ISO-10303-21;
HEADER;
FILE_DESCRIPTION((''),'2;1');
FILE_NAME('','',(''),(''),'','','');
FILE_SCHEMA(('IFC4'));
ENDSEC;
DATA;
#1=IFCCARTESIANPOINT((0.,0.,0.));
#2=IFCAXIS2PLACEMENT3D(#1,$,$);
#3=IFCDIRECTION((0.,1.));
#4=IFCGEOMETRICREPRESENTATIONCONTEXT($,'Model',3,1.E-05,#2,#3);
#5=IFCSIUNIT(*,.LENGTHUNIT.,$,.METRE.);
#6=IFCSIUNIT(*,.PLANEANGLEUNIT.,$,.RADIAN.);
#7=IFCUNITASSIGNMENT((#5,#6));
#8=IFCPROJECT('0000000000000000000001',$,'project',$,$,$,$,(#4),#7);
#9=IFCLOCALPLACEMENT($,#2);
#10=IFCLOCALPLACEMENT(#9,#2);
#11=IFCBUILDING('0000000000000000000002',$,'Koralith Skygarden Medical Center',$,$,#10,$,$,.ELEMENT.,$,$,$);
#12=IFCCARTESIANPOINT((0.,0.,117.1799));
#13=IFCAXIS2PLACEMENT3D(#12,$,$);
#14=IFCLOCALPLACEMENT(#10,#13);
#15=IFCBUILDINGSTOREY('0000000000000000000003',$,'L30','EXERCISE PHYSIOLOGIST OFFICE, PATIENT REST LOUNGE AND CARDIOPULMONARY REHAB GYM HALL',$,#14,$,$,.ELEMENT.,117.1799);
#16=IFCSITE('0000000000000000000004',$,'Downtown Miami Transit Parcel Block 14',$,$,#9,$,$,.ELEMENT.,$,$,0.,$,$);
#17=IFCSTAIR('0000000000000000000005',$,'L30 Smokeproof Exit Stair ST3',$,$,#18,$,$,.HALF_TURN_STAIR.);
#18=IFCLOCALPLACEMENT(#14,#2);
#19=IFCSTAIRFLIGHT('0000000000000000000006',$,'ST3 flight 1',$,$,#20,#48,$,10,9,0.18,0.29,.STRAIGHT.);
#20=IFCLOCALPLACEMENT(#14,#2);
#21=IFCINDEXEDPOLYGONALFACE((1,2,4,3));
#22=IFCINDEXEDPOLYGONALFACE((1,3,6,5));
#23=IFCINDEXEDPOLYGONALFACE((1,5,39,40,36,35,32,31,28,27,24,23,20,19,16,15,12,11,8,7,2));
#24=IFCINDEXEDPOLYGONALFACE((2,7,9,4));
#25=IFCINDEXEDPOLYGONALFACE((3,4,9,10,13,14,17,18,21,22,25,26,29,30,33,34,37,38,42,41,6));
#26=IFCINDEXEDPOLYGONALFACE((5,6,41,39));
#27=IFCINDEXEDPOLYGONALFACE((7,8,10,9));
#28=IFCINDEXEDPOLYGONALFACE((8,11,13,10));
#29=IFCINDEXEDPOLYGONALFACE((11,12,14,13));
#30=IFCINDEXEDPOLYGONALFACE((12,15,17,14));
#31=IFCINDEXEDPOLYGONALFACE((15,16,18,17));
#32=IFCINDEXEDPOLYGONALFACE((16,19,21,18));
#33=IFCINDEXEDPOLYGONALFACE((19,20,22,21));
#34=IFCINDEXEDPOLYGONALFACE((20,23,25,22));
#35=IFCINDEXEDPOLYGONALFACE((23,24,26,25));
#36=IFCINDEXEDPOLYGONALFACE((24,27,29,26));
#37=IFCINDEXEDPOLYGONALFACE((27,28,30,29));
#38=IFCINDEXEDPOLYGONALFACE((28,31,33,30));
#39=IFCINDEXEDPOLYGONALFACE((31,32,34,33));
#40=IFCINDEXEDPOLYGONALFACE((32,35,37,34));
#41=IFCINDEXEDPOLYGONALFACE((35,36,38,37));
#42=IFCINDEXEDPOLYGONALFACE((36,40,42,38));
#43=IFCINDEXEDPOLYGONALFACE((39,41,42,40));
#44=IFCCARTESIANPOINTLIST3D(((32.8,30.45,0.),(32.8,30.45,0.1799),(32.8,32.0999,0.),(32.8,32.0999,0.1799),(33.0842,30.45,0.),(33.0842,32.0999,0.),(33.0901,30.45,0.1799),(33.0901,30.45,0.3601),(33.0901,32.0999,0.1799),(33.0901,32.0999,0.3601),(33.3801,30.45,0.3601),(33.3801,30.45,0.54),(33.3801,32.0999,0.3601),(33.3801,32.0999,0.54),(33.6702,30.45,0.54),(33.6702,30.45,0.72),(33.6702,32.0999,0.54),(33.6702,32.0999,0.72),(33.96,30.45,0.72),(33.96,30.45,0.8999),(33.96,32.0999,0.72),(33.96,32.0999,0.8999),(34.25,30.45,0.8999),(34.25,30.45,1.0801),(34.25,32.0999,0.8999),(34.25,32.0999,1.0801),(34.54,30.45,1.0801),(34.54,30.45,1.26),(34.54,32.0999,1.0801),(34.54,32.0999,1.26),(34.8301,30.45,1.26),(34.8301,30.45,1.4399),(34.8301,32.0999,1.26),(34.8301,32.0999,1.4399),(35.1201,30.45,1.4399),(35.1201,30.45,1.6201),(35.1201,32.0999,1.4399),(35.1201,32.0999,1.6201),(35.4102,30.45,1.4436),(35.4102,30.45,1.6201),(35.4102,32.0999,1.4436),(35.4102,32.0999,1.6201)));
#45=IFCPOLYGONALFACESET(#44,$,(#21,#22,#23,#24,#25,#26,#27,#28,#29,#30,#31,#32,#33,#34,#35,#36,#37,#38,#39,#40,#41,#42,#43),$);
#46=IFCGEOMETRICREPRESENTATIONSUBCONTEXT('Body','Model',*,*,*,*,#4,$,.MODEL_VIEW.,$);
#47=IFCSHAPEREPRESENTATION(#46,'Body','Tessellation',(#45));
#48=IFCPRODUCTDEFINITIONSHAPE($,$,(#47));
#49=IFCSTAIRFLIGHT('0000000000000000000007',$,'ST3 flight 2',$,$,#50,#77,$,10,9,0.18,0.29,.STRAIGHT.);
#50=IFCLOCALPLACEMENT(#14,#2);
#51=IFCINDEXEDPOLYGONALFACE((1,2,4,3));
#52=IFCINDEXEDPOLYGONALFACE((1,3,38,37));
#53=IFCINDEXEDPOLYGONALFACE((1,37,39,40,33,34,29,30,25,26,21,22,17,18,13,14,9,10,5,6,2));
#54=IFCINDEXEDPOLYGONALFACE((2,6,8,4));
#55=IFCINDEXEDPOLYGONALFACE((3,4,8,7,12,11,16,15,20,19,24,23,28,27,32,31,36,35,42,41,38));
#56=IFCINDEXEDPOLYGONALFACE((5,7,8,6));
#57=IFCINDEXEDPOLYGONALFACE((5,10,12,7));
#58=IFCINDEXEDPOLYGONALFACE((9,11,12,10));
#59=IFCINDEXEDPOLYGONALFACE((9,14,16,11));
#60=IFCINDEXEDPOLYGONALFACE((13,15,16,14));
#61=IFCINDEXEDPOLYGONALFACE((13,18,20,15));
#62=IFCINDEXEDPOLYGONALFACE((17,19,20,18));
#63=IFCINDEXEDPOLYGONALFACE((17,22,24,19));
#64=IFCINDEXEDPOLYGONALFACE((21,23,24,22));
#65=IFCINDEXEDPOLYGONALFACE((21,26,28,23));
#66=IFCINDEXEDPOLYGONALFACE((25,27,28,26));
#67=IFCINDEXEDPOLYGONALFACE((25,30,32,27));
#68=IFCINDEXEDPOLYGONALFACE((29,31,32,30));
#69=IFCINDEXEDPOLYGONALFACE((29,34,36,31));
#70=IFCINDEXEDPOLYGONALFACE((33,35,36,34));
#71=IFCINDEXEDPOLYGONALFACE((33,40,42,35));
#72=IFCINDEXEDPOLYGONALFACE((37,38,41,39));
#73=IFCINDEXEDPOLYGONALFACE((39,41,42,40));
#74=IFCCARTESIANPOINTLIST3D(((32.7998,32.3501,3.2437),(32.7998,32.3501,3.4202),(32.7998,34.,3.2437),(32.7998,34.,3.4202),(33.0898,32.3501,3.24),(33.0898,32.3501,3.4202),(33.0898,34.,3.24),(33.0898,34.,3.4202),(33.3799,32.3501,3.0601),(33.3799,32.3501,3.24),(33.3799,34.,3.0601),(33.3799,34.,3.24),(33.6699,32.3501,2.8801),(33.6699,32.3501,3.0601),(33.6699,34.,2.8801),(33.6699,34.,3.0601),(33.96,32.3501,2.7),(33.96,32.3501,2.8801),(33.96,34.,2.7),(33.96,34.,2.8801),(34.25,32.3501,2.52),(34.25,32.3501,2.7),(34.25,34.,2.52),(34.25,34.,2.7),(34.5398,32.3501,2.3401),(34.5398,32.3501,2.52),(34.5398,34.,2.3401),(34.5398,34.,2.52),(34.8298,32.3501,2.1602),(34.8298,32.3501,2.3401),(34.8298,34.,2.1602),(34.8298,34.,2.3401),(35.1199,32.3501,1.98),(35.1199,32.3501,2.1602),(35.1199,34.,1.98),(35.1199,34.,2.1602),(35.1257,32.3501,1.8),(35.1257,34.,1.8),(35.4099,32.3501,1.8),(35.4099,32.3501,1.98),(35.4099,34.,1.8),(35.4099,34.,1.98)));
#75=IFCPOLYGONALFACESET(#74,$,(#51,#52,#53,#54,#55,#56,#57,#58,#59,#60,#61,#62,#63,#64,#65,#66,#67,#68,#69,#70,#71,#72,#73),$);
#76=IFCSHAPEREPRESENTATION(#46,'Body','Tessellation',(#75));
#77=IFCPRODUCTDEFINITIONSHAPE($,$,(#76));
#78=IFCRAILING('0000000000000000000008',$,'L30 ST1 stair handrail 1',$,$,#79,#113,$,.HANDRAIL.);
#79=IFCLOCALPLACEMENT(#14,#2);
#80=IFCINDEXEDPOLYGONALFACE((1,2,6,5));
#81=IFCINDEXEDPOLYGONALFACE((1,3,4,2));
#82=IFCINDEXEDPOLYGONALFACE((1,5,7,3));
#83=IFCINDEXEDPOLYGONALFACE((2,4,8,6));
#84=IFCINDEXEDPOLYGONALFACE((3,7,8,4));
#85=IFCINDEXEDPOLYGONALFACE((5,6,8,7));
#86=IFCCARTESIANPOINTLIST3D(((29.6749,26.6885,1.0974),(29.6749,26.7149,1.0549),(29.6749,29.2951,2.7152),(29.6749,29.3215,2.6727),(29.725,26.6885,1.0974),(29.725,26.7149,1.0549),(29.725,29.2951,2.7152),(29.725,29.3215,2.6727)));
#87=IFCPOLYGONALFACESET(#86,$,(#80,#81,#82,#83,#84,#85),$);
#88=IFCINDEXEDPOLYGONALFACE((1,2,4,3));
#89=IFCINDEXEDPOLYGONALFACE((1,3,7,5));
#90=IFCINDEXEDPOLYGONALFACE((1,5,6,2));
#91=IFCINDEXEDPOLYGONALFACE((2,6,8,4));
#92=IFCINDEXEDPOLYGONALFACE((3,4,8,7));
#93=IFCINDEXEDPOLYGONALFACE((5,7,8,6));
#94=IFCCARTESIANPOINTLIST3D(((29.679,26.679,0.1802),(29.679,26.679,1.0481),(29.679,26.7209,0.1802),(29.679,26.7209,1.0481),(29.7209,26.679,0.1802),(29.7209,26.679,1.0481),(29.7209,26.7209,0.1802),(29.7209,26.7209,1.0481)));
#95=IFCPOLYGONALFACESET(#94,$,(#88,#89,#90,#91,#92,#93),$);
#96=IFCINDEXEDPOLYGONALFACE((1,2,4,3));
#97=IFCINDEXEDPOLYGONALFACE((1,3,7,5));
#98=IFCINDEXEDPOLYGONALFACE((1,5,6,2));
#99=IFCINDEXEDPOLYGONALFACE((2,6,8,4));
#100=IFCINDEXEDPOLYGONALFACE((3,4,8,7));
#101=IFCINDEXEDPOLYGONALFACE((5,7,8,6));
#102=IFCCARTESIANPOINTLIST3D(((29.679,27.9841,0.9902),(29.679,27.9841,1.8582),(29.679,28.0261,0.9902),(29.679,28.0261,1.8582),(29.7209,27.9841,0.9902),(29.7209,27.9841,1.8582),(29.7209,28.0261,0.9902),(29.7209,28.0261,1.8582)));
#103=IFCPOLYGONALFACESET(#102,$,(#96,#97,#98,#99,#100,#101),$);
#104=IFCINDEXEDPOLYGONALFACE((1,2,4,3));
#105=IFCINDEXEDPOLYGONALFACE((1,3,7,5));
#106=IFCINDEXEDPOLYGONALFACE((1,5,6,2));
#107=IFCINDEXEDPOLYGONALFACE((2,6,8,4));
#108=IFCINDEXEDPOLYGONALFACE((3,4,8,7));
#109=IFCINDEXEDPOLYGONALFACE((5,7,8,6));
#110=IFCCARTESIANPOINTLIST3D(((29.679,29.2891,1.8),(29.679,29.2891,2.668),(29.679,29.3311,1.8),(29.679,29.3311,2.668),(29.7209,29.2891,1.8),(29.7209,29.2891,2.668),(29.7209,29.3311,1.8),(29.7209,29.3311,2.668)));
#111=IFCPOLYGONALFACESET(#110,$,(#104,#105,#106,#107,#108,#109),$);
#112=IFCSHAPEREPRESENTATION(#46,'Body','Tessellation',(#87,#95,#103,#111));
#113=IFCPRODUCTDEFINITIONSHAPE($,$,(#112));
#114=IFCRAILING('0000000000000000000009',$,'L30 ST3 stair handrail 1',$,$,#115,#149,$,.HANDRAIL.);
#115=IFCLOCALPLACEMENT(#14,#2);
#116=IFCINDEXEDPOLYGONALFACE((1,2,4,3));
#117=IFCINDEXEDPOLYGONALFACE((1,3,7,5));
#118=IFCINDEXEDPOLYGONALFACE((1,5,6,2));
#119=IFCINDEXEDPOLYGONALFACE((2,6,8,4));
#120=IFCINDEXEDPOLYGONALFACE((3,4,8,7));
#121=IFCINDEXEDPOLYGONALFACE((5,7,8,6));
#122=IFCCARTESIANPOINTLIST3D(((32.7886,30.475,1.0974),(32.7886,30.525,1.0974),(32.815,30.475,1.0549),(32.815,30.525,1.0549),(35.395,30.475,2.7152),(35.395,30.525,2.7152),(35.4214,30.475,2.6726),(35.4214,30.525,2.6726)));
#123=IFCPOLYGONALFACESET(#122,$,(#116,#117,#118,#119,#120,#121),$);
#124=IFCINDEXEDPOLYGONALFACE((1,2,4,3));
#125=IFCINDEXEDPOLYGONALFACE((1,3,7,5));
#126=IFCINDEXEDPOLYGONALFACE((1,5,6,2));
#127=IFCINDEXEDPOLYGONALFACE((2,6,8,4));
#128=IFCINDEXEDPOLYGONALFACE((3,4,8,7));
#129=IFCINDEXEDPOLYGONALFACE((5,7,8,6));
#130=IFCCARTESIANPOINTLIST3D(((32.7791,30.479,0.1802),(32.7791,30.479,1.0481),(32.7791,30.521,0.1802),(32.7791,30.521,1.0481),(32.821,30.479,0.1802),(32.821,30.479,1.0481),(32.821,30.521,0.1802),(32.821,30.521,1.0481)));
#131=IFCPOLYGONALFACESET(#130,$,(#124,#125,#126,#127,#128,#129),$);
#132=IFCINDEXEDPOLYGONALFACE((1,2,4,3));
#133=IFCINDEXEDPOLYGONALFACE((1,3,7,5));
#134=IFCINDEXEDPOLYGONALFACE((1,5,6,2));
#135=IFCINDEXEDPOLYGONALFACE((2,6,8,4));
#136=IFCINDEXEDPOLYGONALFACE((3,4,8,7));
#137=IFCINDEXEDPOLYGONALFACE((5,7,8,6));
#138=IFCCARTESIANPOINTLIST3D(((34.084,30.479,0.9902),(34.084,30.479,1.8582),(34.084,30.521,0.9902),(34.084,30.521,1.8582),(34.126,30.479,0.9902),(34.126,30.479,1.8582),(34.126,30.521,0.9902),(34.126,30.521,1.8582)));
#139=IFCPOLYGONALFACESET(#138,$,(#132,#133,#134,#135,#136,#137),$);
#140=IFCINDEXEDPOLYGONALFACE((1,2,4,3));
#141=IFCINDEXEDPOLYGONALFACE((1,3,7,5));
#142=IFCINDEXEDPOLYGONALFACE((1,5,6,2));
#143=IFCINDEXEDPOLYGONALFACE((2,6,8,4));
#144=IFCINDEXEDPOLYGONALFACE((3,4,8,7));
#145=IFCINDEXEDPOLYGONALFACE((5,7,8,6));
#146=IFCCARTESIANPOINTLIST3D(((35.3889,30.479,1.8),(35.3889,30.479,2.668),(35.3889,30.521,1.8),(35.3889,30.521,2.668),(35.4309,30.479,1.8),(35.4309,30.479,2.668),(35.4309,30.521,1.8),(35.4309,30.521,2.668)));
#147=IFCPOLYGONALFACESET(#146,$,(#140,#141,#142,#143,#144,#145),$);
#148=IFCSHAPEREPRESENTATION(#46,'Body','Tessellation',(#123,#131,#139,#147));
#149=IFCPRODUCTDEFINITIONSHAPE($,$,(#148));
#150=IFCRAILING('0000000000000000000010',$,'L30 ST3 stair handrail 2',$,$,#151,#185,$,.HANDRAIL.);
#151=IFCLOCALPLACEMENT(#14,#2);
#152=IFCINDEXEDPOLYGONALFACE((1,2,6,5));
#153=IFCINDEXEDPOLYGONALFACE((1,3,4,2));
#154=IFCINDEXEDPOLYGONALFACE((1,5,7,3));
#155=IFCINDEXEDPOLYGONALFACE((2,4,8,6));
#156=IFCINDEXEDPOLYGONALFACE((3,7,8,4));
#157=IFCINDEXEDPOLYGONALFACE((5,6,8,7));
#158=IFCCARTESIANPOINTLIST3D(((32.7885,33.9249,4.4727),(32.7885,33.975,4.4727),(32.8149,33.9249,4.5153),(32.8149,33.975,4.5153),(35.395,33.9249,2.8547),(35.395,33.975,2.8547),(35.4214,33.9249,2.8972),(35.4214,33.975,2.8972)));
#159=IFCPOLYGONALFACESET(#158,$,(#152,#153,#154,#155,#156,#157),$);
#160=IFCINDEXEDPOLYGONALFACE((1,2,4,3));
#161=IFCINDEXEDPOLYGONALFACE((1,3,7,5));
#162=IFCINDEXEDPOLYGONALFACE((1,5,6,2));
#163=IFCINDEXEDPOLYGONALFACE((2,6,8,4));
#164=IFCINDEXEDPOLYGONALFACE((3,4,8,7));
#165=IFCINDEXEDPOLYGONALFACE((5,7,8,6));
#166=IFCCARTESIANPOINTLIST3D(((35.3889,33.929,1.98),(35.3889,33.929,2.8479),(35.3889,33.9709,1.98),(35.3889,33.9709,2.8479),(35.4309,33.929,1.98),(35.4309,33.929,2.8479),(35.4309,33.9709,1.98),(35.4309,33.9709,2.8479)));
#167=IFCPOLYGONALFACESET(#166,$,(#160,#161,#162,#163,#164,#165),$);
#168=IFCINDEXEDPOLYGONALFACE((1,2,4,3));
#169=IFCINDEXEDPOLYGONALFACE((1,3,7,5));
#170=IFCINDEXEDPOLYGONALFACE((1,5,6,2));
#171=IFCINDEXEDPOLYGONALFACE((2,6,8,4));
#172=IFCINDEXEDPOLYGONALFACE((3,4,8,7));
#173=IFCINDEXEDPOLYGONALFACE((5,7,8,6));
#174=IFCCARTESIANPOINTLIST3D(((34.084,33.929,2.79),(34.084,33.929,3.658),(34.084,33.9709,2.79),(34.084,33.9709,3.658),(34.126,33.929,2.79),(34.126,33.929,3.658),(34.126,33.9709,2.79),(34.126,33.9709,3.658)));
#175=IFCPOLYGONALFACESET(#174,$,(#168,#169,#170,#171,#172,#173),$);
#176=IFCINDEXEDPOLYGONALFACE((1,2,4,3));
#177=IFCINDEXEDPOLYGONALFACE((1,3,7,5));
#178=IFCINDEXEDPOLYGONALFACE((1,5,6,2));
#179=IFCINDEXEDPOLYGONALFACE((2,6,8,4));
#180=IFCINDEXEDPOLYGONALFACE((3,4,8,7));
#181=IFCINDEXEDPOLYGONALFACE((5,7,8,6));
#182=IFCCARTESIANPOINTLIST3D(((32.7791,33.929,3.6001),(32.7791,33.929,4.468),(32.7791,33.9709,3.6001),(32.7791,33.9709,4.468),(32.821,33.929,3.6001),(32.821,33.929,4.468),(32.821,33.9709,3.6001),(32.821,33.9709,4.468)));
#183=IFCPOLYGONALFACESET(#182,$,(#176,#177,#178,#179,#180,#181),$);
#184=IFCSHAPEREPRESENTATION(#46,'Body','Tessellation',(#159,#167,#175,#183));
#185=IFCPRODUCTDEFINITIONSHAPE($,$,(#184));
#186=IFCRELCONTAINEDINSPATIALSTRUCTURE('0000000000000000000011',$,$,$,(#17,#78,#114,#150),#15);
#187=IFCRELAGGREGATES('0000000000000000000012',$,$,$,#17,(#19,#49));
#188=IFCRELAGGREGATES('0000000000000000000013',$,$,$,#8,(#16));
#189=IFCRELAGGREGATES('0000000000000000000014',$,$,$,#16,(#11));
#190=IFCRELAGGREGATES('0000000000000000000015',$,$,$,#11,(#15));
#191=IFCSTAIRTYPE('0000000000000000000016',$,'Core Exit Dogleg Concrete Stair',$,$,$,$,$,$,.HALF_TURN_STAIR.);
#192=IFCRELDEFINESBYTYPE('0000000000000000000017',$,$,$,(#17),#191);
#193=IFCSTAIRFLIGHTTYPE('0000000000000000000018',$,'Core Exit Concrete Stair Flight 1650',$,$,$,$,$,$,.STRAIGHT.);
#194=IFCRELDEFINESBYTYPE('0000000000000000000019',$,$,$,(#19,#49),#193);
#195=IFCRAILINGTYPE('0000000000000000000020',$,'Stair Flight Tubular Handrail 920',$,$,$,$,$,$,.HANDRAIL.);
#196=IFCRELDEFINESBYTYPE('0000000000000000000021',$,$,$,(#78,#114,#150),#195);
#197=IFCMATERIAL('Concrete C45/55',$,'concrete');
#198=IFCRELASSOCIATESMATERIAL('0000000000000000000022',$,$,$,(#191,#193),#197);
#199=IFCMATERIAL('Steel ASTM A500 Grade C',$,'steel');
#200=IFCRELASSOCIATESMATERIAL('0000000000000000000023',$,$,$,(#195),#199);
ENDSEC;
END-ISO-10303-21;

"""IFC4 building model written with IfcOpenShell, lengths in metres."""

from ifc_helpers import new_model, si_unit, direction, frame, origin, origin_2d, place, context, subcontext, project, spatial, polyline, rectangle, outline, extrude, material, type_object, element, aggregate, save


model = new_model("IFC4")

# Units and contexts
model_context = context("Model", 3, precision=1e-05, world=origin(), true_north=direction((0.0, 1.0)))
body_context = subcontext(model_context, "Body", "Model", "MODEL_VIEW")
ifc_project = project(units=[si_unit("LENGTHUNIT", "METRE"), si_unit("PLANEANGLEUNIT", "RADIAN")], contexts=[model_context])

# Site, building, storey
site_placement = place(None, origin())
site = spatial("IfcSite", under=ifc_project, at=site_placement, Name="Downtown Miami Transit Parcel Block 14", CompositionType="ELEMENT", RefElevation=0.0)
building_placement = place(site_placement, origin())
building = spatial("IfcBuilding", under=site, at=building_placement, Name="Koralith Skygarden Medical Center", CompositionType="ELEMENT")
storey_placement = place(building_placement, frame((0.0, 0.0, 117.1799)))
storey = spatial("IfcBuildingStorey", under=building, at=storey_placement, Name="L30", Description="EXERCISE PHYSIOLOGIST OFFICE, PATIENT REST LOUNGE AND CARDIOPULMONARY REHAB GYM HALL", CompositionType="ELEMENT", Elevation=117.1799)

# Shared definitions
ifc_material_1 = material(Name="Concrete C45/55", Category="concrete")

# Shared definitions
stair_type = type_object("IfcStairType", Name="Core Exit Dogleg Concrete Stair", PredefinedType="HALF_TURN_STAIR", material=ifc_material_1)
stair_flight_type = type_object("IfcStairFlightType", Name="Core Exit Concrete Stair Flight 1650", PredefinedType="STRAIGHT", material=ifc_material_1)

# Stair, stair flights
stair_1_placement = place(storey_placement, origin())
stair_1 = element("IfcStair", 1, at=stair_1_placement, inside=storey, type_object=stair_type, Name="L30 Smokeproof Exit Stair ST3", PredefinedType="HALF_TURN_STAIR")
stair_flight_1_placement = place(storey_placement, frame((32.8, 31.2749, 0.0), z_axis=(0.0, 0.0, 1.0), x_axis=(1.0, 0.0, 0.0)))
stair_flight_1 = element("IfcStairFlight", 2, at=stair_flight_1_placement, type_object=stair_flight_type, Name="ST3 flight 1", NumberOfRisers=10, NumberOfTreads=9, PredefinedType="STRAIGHT", RiserHeight=0.18, TreadLength=0.29, context=body_context, shape_type="SweptSolid", body=[
    extrude(outline(polyline([(0.0, 0.0), (0.0, 0.1799), (0.29, 0.1799), (0.29, 0.3601), (0.5801, 0.3601), (0.5801, 0.54), (0.8701, 0.54), (0.8701, 0.72), (1.1599, 0.72), (1.1599, 0.8999), (1.45, 0.8999), (1.45, 1.0801), (1.74, 1.0801), (1.74, 1.26), (2.03, 1.26), (2.03, 1.4399), (2.3201, 1.4399), (2.3201, 1.6201), (2.6101, 1.6201), (2.6101, 1.8), (2.6101, 1.4436), (0.2842, 0.0), (0.0, 0.0)])), frame((0.0, 0.825, 0.0), z_axis=(0.0, -1.0, 0.0), x_axis=(1.0, 0.0, 0.0)), (0.0, 0.0, 1.0), 1.6499),
])
stair_flight_2_placement = place(storey_placement, frame((35.4099, 33.175, 1.8), z_axis=(0.0, 0.0, 1.0), x_axis=(-1.0, 0.0, 0.0)))
stair_flight_2 = element("IfcStairFlight", 3, at=stair_flight_2_placement, type_object=stair_flight_type, Name="ST3 flight 2", NumberOfRisers=10, NumberOfTreads=9, PredefinedType="STRAIGHT", RiserHeight=0.18, TreadLength=0.29, context=body_context, shape_type="SweptSolid", body=[
    extrude(outline(polyline([(0.0, 0.0), (0.0, 0.1799), (0.29, 0.1799), (0.29, 0.3601), (0.5801, 0.3601), (0.5801, 0.54), (0.8701, 0.54), (0.8701, 0.72), (1.1599, 0.72), (1.1599, 0.8999), (1.45, 0.8999), (1.45, 1.0801), (1.74, 1.0801), (1.74, 1.26), (2.03, 1.26), (2.03, 1.4399), (2.3201, 1.4399), (2.3201, 1.6201), (2.6101, 1.6201), (2.6101, 1.8), (2.6101, 1.4436), (0.2842, 0.0), (0.0, 0.0)])), frame((0.0, 0.825, 0.0), z_axis=(0.0, -1.0, 0.0), x_axis=(1.0, 0.0, 0.0)), (0.0, 0.0, 1.0), 1.6499),
])
aggregate(stair_1, [stair_flight_1, stair_flight_2])

# Railings
ifc_material_2 = material(Name="Steel ASTM A500 Grade C", Category="steel")
railing_type_1 = type_object("IfcRailingType", Name="Stair Flight Tubular Handrail 920", PredefinedType="HANDRAIL", material=ifc_material_2)
railing_1_placement = place(storey_placement, frame((29.7, 26.7, 0.1802)))
element("IfcRailing", 4, at=railing_1_placement, inside=storey, type_object=railing_type_1, Name="L30 ST1 stair handrail 1", PredefinedType="HANDRAIL", context=body_context, shape_type="SweptSolid", body=[
    extrude(rectangle(XDim=0.05, YDim=0.05, at=origin_2d()), frame((0.0, 0.0017, 0.896), z_axis=(0.0, 0.849668, 0.527317), x_axis=(-1.0, 0.0, 0.0)), (0.0, 0.0, 1.0), 3.0679),
    extrude(rectangle(XDim=0.042, YDim=0.042, at=origin_2d()), origin(), (0.0, 0.0, 1.0), 0.8679),
    extrude(rectangle(XDim=0.042, YDim=0.042, at=origin_2d()), frame((0.0, 1.3052, 0.8101)), (0.0, 0.0, 1.0), 0.8679),
    extrude(rectangle(XDim=0.042, YDim=0.042, at=origin_2d()), frame((0.0, 2.6101, 1.6199)), (0.0, 0.0, 1.0), 0.8679),
])
railing_2_placement = place(storey_placement, frame((32.8, 30.5, 0.1802)))
element("IfcRailing", 5, at=railing_2_placement, inside=storey, type_object=railing_type_1, Name="L30 ST3 stair handrail 1", PredefinedType="HANDRAIL", context=body_context, shape_type="SweptSolid", body=[
    extrude(rectangle(XDim=0.05, YDim=0.05, at=origin_2d()), frame((0.0017, 0.0, 0.896), z_axis=(0.849646, 0.0, 0.527353), x_axis=(0.0, 1.0, 0.0)), (0.0, 0.0, 1.0), 3.0676),
    extrude(rectangle(XDim=0.042, YDim=0.042, at=origin_2d()), origin(), (0.0, 0.0, 1.0), 0.8679),
    extrude(rectangle(XDim=0.042, YDim=0.042, at=origin_2d()), frame((1.3049, 0.0, 0.8101)), (0.0, 0.0, 1.0), 0.8679),
    extrude(rectangle(XDim=0.042, YDim=0.042, at=origin_2d()), frame((2.6099, 0.0, 1.6199)), (0.0, 0.0, 1.0), 0.8679),
])
railing_3_placement = place(storey_placement, frame((35.4099, 33.95, 1.98)))
element("IfcRailing", 6, at=railing_3_placement, inside=storey, type_object=railing_type_1, Name="L30 ST3 stair handrail 2", PredefinedType="HANDRAIL", context=body_context, shape_type="SweptSolid", body=[
    extrude(rectangle(XDim=0.05, YDim=0.05, at=origin_2d()), frame((-0.0017, 0.0, 0.896), z_axis=(-0.849611, 0.0, 0.52741), x_axis=(0.0, -1.0, 0.0)), (0.0, 0.0, 1.0), 3.0679),
    extrude(rectangle(XDim=0.042, YDim=0.042, at=origin_2d()), origin(), (0.0, 0.0, 1.0), 0.8679),
    extrude(rectangle(XDim=0.042, YDim=0.042, at=origin_2d()), frame((-1.3049, 0.0, 0.8101)), (0.0, 0.0, 1.0), 0.8679),
    extrude(rectangle(XDim=0.042, YDim=0.042, at=origin_2d()), frame((-2.6099, 0.0, 1.6201)), (0.0, 0.0, 1.0), 0.8679),
])

save(model, "model.ifc")
